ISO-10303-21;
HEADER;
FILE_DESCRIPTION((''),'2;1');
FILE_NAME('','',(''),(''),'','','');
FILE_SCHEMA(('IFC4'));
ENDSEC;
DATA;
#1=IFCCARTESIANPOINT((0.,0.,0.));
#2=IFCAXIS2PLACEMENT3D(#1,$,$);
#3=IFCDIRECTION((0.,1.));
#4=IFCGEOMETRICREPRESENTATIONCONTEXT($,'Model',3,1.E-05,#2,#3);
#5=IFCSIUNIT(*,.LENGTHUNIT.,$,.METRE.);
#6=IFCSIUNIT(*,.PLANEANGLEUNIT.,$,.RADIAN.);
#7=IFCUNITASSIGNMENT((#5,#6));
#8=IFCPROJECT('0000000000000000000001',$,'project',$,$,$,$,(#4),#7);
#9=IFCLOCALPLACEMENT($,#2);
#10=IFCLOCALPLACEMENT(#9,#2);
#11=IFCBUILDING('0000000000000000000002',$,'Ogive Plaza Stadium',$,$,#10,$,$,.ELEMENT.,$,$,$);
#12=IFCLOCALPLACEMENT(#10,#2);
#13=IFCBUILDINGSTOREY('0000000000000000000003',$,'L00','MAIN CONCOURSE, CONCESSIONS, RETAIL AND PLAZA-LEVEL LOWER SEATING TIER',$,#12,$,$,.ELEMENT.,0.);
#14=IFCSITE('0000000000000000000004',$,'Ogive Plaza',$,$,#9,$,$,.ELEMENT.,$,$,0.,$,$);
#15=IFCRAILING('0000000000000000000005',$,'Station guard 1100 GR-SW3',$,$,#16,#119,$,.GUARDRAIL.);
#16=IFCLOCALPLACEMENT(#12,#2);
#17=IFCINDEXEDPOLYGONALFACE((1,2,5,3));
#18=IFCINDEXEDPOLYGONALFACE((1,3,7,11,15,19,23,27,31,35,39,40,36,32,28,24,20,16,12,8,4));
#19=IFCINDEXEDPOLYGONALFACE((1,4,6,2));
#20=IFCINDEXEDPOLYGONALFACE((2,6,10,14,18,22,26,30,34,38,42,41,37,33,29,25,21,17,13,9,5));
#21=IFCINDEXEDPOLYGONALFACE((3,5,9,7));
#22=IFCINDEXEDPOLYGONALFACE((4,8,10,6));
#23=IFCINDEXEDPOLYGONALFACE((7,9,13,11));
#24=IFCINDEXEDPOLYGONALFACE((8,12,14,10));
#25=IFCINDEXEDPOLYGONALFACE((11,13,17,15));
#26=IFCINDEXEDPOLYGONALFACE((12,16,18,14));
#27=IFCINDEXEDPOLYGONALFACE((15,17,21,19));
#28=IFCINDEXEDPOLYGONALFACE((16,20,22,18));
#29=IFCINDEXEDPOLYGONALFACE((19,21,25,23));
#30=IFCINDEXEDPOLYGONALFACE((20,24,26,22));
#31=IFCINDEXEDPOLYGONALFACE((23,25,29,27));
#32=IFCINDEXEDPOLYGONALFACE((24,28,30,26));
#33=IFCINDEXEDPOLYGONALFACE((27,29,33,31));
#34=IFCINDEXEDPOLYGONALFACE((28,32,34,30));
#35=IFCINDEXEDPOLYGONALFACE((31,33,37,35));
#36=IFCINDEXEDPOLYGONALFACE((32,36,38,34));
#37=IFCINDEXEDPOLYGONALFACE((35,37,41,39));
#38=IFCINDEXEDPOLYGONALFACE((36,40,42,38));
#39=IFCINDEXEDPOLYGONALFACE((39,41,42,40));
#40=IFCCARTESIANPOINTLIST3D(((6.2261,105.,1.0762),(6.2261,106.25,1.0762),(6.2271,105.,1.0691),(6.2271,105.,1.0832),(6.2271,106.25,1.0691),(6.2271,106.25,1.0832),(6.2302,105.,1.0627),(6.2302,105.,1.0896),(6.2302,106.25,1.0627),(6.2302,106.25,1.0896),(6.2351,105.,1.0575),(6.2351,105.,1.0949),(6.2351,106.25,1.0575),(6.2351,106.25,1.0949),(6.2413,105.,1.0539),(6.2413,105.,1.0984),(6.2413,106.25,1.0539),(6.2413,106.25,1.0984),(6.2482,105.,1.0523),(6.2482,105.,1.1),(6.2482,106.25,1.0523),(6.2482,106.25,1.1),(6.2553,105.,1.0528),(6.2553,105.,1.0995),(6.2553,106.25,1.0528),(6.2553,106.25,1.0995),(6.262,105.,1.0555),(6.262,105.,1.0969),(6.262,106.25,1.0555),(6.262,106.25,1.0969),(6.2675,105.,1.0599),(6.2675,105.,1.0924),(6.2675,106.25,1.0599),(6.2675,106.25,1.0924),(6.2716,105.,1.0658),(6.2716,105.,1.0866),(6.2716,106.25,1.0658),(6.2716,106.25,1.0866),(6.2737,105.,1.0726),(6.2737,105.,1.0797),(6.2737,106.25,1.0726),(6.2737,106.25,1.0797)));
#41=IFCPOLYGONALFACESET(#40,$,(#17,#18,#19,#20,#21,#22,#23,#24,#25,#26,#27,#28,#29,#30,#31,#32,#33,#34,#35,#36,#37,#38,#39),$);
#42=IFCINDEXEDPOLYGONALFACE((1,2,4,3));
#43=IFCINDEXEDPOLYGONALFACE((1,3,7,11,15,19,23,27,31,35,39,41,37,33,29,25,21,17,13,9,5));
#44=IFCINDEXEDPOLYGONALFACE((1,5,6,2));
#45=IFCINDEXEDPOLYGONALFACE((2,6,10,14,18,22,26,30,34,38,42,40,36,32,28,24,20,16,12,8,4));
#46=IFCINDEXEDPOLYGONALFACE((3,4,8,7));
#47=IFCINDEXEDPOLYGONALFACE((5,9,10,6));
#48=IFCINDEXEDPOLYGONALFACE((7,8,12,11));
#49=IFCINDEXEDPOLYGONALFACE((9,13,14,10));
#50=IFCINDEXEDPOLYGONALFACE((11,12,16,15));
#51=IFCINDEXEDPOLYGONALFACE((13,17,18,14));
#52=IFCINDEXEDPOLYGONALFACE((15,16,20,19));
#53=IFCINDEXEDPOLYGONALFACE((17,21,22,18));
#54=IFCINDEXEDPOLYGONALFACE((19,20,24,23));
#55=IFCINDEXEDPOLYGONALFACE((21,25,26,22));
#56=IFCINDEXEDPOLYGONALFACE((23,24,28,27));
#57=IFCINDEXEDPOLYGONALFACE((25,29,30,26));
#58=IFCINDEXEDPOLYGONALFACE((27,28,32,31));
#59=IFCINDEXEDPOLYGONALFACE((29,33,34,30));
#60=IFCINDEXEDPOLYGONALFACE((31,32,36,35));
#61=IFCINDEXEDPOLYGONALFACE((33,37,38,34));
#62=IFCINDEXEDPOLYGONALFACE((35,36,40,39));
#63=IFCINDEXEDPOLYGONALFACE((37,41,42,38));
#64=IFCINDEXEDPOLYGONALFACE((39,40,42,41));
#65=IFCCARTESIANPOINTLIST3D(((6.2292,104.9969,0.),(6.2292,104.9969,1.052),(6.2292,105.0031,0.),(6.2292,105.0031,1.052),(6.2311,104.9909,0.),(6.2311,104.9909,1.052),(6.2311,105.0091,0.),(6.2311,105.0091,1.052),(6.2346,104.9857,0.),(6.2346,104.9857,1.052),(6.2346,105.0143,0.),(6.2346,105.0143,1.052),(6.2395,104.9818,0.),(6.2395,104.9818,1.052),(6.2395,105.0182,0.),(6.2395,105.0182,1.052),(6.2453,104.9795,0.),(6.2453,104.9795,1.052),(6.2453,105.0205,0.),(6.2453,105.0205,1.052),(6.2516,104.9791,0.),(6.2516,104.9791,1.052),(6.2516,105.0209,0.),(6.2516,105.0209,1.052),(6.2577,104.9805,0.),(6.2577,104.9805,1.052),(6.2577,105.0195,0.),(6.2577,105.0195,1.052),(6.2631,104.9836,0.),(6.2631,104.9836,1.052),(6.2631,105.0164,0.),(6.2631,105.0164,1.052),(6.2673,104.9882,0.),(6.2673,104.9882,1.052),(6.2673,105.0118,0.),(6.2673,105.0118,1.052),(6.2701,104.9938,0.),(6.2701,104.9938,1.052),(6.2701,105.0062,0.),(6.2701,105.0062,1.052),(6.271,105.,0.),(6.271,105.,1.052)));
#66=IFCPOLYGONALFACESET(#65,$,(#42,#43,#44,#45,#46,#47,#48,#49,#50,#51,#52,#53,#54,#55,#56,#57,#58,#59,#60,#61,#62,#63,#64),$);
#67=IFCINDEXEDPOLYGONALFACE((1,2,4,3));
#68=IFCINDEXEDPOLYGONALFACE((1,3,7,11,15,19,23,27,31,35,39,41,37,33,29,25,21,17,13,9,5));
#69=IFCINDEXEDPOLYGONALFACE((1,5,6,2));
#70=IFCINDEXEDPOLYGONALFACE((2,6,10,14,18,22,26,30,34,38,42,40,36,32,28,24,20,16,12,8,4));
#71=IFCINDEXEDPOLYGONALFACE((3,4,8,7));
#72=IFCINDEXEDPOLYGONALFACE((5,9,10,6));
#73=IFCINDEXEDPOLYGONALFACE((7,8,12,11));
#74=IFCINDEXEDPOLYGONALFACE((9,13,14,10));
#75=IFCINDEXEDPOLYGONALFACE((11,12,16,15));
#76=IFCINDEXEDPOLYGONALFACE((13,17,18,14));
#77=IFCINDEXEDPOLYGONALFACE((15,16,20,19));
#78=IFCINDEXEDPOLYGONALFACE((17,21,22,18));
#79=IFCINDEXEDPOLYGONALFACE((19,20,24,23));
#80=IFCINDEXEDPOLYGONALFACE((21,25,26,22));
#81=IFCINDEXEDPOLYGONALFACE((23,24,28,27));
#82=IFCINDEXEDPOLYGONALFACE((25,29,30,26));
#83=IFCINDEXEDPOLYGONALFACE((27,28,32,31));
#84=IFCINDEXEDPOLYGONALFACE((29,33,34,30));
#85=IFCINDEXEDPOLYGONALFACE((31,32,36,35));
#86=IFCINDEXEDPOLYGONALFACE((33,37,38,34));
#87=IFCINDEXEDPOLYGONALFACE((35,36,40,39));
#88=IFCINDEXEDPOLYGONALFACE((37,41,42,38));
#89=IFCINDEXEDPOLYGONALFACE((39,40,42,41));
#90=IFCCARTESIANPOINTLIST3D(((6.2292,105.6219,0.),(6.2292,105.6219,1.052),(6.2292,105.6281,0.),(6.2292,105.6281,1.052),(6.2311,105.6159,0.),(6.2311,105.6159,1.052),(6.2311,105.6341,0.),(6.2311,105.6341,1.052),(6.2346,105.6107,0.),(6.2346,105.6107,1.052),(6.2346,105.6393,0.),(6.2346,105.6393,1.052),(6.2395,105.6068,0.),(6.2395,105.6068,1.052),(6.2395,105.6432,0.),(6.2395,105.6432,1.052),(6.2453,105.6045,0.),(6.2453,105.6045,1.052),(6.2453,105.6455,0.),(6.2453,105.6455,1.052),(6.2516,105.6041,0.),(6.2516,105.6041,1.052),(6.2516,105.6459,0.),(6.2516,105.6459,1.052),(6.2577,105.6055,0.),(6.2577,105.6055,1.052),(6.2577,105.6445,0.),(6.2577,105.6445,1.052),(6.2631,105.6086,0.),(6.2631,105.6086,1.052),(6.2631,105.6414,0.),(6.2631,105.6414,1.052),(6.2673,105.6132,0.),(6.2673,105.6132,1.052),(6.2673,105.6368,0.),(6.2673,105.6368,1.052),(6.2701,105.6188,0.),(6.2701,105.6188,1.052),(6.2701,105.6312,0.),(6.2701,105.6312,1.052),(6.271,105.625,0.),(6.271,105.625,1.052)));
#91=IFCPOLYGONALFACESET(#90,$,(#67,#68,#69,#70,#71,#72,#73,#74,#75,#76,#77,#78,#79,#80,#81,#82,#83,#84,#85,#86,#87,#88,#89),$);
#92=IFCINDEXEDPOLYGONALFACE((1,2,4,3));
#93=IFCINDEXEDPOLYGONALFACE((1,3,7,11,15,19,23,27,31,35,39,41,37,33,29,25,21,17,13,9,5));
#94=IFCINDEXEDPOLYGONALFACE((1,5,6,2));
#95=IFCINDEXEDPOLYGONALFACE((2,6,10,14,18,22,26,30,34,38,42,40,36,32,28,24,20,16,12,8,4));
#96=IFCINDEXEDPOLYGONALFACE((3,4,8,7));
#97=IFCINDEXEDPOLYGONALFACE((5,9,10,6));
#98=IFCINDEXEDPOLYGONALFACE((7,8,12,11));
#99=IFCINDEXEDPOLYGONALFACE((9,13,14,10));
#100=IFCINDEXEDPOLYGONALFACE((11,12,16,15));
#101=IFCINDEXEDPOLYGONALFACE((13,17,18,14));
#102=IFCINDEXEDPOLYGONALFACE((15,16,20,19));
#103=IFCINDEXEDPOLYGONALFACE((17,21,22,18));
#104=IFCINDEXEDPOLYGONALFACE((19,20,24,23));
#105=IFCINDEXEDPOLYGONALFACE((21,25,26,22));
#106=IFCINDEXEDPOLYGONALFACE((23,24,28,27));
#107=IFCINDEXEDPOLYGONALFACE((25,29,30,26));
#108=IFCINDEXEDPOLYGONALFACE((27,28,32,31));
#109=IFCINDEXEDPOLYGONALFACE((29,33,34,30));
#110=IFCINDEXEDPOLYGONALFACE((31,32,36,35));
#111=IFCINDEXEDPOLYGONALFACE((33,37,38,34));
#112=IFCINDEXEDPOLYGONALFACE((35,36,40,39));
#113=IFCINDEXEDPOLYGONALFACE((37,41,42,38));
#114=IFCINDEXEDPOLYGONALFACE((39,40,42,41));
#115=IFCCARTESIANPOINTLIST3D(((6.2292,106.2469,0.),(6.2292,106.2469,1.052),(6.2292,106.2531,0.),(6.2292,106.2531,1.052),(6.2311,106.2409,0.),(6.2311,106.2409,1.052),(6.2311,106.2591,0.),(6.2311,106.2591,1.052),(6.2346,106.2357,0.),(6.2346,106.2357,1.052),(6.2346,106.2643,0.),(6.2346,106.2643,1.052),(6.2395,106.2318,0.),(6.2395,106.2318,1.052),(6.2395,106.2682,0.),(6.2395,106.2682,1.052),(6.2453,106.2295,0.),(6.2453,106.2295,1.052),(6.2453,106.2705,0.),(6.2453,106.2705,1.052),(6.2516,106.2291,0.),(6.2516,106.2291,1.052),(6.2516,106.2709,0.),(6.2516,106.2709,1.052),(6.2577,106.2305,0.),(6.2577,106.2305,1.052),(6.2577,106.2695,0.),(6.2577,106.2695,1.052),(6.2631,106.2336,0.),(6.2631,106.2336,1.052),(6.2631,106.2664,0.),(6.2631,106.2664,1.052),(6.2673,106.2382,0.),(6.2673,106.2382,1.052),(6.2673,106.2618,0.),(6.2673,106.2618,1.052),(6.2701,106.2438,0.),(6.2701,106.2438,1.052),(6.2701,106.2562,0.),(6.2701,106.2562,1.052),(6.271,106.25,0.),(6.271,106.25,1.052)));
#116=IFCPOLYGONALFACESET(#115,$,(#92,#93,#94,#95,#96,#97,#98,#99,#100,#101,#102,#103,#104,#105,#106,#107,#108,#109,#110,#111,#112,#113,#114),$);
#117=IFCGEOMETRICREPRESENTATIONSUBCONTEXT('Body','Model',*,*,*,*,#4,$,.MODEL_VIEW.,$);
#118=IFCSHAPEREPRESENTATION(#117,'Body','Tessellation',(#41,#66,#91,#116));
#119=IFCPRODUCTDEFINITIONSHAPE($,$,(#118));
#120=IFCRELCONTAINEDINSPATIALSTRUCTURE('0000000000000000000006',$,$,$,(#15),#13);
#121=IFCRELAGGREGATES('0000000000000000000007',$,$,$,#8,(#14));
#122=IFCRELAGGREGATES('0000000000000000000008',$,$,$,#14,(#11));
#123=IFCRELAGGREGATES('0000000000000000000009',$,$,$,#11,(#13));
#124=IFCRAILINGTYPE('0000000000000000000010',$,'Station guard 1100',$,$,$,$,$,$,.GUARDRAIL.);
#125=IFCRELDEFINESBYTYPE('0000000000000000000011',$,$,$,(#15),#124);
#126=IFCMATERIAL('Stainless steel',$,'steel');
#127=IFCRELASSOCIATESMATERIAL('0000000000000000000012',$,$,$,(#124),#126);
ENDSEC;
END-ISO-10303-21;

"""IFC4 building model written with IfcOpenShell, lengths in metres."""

from ifc_helpers import new_model, si_unit, direction, frame, origin, origin_2d, place, context, subcontext, project, spatial, circle, extrude, material, type_object, element, save


model = new_model("IFC4")

# Units and contexts
model_context = context("Model", 3, precision=1e-05, world=origin(), true_north=direction((0.0, 1.0)))
body_context = subcontext(model_context, "Body", "Model", "MODEL_VIEW")
ifc_project = project(units=[si_unit("LENGTHUNIT", "METRE"), si_unit("PLANEANGLEUNIT", "RADIAN")], contexts=[model_context])

# Site, building, storey
site_placement = place(None, origin())
site = spatial("IfcSite", under=ifc_project, at=site_placement, Name="Ogive Plaza", CompositionType="ELEMENT", RefElevation=0.0)
building_placement = place(site_placement, origin())
building = spatial("IfcBuilding", under=site, at=building_placement, Name="Ogive Plaza Stadium", CompositionType="ELEMENT")
storey_placement = place(building_placement, origin())
storey = spatial("IfcBuildingStorey", under=building, at=storey_placement, Name="L00", Description="MAIN CONCOURSE, CONCESSIONS, RETAIL AND PLAZA-LEVEL LOWER SEATING TIER", CompositionType="ELEMENT", Elevation=0.0)

# Railing
ifc_material_1 = material(Name="Stainless steel", Category="steel")
railing_type = type_object("IfcRailingType", Name="Station guard 1100", PredefinedType="GUARDRAIL", material=ifc_material_1)
railing_1_placement = place(storey_placement, frame((6.25, 105.0, 0.0)))
element("IfcRailing", 1, at=railing_1_placement, inside=storey, type_object=railing_type, Name="Station guard 1100 GR-SW3", PredefinedType="GUARDRAIL", context=body_context, shape_type="SweptSolid", body=[
    extrude(circle(Radius=0.0239, at=origin_2d()), frame((0.0, 0.0, 1.0762), z_axis=(0.0, 1.0, 0.0), x_axis=(-1.0, 0.0, 0.0)), (0.0, 0.0, 1.0), 1.25),
    extrude(circle(Radius=0.021, at=origin_2d()), origin(), (0.0, 0.0, 1.0), 1.052),
    extrude(circle(Radius=0.021, at=origin_2d()), frame((0.0, 0.625, 0.0)), (0.0, 0.0, 1.0), 1.052),
    extrude(circle(Radius=0.021, at=origin_2d()), frame((0.0, 1.25, 0.0)), (0.0, 0.0, 1.0), 1.052),
])

save(model, "model.ifc")
